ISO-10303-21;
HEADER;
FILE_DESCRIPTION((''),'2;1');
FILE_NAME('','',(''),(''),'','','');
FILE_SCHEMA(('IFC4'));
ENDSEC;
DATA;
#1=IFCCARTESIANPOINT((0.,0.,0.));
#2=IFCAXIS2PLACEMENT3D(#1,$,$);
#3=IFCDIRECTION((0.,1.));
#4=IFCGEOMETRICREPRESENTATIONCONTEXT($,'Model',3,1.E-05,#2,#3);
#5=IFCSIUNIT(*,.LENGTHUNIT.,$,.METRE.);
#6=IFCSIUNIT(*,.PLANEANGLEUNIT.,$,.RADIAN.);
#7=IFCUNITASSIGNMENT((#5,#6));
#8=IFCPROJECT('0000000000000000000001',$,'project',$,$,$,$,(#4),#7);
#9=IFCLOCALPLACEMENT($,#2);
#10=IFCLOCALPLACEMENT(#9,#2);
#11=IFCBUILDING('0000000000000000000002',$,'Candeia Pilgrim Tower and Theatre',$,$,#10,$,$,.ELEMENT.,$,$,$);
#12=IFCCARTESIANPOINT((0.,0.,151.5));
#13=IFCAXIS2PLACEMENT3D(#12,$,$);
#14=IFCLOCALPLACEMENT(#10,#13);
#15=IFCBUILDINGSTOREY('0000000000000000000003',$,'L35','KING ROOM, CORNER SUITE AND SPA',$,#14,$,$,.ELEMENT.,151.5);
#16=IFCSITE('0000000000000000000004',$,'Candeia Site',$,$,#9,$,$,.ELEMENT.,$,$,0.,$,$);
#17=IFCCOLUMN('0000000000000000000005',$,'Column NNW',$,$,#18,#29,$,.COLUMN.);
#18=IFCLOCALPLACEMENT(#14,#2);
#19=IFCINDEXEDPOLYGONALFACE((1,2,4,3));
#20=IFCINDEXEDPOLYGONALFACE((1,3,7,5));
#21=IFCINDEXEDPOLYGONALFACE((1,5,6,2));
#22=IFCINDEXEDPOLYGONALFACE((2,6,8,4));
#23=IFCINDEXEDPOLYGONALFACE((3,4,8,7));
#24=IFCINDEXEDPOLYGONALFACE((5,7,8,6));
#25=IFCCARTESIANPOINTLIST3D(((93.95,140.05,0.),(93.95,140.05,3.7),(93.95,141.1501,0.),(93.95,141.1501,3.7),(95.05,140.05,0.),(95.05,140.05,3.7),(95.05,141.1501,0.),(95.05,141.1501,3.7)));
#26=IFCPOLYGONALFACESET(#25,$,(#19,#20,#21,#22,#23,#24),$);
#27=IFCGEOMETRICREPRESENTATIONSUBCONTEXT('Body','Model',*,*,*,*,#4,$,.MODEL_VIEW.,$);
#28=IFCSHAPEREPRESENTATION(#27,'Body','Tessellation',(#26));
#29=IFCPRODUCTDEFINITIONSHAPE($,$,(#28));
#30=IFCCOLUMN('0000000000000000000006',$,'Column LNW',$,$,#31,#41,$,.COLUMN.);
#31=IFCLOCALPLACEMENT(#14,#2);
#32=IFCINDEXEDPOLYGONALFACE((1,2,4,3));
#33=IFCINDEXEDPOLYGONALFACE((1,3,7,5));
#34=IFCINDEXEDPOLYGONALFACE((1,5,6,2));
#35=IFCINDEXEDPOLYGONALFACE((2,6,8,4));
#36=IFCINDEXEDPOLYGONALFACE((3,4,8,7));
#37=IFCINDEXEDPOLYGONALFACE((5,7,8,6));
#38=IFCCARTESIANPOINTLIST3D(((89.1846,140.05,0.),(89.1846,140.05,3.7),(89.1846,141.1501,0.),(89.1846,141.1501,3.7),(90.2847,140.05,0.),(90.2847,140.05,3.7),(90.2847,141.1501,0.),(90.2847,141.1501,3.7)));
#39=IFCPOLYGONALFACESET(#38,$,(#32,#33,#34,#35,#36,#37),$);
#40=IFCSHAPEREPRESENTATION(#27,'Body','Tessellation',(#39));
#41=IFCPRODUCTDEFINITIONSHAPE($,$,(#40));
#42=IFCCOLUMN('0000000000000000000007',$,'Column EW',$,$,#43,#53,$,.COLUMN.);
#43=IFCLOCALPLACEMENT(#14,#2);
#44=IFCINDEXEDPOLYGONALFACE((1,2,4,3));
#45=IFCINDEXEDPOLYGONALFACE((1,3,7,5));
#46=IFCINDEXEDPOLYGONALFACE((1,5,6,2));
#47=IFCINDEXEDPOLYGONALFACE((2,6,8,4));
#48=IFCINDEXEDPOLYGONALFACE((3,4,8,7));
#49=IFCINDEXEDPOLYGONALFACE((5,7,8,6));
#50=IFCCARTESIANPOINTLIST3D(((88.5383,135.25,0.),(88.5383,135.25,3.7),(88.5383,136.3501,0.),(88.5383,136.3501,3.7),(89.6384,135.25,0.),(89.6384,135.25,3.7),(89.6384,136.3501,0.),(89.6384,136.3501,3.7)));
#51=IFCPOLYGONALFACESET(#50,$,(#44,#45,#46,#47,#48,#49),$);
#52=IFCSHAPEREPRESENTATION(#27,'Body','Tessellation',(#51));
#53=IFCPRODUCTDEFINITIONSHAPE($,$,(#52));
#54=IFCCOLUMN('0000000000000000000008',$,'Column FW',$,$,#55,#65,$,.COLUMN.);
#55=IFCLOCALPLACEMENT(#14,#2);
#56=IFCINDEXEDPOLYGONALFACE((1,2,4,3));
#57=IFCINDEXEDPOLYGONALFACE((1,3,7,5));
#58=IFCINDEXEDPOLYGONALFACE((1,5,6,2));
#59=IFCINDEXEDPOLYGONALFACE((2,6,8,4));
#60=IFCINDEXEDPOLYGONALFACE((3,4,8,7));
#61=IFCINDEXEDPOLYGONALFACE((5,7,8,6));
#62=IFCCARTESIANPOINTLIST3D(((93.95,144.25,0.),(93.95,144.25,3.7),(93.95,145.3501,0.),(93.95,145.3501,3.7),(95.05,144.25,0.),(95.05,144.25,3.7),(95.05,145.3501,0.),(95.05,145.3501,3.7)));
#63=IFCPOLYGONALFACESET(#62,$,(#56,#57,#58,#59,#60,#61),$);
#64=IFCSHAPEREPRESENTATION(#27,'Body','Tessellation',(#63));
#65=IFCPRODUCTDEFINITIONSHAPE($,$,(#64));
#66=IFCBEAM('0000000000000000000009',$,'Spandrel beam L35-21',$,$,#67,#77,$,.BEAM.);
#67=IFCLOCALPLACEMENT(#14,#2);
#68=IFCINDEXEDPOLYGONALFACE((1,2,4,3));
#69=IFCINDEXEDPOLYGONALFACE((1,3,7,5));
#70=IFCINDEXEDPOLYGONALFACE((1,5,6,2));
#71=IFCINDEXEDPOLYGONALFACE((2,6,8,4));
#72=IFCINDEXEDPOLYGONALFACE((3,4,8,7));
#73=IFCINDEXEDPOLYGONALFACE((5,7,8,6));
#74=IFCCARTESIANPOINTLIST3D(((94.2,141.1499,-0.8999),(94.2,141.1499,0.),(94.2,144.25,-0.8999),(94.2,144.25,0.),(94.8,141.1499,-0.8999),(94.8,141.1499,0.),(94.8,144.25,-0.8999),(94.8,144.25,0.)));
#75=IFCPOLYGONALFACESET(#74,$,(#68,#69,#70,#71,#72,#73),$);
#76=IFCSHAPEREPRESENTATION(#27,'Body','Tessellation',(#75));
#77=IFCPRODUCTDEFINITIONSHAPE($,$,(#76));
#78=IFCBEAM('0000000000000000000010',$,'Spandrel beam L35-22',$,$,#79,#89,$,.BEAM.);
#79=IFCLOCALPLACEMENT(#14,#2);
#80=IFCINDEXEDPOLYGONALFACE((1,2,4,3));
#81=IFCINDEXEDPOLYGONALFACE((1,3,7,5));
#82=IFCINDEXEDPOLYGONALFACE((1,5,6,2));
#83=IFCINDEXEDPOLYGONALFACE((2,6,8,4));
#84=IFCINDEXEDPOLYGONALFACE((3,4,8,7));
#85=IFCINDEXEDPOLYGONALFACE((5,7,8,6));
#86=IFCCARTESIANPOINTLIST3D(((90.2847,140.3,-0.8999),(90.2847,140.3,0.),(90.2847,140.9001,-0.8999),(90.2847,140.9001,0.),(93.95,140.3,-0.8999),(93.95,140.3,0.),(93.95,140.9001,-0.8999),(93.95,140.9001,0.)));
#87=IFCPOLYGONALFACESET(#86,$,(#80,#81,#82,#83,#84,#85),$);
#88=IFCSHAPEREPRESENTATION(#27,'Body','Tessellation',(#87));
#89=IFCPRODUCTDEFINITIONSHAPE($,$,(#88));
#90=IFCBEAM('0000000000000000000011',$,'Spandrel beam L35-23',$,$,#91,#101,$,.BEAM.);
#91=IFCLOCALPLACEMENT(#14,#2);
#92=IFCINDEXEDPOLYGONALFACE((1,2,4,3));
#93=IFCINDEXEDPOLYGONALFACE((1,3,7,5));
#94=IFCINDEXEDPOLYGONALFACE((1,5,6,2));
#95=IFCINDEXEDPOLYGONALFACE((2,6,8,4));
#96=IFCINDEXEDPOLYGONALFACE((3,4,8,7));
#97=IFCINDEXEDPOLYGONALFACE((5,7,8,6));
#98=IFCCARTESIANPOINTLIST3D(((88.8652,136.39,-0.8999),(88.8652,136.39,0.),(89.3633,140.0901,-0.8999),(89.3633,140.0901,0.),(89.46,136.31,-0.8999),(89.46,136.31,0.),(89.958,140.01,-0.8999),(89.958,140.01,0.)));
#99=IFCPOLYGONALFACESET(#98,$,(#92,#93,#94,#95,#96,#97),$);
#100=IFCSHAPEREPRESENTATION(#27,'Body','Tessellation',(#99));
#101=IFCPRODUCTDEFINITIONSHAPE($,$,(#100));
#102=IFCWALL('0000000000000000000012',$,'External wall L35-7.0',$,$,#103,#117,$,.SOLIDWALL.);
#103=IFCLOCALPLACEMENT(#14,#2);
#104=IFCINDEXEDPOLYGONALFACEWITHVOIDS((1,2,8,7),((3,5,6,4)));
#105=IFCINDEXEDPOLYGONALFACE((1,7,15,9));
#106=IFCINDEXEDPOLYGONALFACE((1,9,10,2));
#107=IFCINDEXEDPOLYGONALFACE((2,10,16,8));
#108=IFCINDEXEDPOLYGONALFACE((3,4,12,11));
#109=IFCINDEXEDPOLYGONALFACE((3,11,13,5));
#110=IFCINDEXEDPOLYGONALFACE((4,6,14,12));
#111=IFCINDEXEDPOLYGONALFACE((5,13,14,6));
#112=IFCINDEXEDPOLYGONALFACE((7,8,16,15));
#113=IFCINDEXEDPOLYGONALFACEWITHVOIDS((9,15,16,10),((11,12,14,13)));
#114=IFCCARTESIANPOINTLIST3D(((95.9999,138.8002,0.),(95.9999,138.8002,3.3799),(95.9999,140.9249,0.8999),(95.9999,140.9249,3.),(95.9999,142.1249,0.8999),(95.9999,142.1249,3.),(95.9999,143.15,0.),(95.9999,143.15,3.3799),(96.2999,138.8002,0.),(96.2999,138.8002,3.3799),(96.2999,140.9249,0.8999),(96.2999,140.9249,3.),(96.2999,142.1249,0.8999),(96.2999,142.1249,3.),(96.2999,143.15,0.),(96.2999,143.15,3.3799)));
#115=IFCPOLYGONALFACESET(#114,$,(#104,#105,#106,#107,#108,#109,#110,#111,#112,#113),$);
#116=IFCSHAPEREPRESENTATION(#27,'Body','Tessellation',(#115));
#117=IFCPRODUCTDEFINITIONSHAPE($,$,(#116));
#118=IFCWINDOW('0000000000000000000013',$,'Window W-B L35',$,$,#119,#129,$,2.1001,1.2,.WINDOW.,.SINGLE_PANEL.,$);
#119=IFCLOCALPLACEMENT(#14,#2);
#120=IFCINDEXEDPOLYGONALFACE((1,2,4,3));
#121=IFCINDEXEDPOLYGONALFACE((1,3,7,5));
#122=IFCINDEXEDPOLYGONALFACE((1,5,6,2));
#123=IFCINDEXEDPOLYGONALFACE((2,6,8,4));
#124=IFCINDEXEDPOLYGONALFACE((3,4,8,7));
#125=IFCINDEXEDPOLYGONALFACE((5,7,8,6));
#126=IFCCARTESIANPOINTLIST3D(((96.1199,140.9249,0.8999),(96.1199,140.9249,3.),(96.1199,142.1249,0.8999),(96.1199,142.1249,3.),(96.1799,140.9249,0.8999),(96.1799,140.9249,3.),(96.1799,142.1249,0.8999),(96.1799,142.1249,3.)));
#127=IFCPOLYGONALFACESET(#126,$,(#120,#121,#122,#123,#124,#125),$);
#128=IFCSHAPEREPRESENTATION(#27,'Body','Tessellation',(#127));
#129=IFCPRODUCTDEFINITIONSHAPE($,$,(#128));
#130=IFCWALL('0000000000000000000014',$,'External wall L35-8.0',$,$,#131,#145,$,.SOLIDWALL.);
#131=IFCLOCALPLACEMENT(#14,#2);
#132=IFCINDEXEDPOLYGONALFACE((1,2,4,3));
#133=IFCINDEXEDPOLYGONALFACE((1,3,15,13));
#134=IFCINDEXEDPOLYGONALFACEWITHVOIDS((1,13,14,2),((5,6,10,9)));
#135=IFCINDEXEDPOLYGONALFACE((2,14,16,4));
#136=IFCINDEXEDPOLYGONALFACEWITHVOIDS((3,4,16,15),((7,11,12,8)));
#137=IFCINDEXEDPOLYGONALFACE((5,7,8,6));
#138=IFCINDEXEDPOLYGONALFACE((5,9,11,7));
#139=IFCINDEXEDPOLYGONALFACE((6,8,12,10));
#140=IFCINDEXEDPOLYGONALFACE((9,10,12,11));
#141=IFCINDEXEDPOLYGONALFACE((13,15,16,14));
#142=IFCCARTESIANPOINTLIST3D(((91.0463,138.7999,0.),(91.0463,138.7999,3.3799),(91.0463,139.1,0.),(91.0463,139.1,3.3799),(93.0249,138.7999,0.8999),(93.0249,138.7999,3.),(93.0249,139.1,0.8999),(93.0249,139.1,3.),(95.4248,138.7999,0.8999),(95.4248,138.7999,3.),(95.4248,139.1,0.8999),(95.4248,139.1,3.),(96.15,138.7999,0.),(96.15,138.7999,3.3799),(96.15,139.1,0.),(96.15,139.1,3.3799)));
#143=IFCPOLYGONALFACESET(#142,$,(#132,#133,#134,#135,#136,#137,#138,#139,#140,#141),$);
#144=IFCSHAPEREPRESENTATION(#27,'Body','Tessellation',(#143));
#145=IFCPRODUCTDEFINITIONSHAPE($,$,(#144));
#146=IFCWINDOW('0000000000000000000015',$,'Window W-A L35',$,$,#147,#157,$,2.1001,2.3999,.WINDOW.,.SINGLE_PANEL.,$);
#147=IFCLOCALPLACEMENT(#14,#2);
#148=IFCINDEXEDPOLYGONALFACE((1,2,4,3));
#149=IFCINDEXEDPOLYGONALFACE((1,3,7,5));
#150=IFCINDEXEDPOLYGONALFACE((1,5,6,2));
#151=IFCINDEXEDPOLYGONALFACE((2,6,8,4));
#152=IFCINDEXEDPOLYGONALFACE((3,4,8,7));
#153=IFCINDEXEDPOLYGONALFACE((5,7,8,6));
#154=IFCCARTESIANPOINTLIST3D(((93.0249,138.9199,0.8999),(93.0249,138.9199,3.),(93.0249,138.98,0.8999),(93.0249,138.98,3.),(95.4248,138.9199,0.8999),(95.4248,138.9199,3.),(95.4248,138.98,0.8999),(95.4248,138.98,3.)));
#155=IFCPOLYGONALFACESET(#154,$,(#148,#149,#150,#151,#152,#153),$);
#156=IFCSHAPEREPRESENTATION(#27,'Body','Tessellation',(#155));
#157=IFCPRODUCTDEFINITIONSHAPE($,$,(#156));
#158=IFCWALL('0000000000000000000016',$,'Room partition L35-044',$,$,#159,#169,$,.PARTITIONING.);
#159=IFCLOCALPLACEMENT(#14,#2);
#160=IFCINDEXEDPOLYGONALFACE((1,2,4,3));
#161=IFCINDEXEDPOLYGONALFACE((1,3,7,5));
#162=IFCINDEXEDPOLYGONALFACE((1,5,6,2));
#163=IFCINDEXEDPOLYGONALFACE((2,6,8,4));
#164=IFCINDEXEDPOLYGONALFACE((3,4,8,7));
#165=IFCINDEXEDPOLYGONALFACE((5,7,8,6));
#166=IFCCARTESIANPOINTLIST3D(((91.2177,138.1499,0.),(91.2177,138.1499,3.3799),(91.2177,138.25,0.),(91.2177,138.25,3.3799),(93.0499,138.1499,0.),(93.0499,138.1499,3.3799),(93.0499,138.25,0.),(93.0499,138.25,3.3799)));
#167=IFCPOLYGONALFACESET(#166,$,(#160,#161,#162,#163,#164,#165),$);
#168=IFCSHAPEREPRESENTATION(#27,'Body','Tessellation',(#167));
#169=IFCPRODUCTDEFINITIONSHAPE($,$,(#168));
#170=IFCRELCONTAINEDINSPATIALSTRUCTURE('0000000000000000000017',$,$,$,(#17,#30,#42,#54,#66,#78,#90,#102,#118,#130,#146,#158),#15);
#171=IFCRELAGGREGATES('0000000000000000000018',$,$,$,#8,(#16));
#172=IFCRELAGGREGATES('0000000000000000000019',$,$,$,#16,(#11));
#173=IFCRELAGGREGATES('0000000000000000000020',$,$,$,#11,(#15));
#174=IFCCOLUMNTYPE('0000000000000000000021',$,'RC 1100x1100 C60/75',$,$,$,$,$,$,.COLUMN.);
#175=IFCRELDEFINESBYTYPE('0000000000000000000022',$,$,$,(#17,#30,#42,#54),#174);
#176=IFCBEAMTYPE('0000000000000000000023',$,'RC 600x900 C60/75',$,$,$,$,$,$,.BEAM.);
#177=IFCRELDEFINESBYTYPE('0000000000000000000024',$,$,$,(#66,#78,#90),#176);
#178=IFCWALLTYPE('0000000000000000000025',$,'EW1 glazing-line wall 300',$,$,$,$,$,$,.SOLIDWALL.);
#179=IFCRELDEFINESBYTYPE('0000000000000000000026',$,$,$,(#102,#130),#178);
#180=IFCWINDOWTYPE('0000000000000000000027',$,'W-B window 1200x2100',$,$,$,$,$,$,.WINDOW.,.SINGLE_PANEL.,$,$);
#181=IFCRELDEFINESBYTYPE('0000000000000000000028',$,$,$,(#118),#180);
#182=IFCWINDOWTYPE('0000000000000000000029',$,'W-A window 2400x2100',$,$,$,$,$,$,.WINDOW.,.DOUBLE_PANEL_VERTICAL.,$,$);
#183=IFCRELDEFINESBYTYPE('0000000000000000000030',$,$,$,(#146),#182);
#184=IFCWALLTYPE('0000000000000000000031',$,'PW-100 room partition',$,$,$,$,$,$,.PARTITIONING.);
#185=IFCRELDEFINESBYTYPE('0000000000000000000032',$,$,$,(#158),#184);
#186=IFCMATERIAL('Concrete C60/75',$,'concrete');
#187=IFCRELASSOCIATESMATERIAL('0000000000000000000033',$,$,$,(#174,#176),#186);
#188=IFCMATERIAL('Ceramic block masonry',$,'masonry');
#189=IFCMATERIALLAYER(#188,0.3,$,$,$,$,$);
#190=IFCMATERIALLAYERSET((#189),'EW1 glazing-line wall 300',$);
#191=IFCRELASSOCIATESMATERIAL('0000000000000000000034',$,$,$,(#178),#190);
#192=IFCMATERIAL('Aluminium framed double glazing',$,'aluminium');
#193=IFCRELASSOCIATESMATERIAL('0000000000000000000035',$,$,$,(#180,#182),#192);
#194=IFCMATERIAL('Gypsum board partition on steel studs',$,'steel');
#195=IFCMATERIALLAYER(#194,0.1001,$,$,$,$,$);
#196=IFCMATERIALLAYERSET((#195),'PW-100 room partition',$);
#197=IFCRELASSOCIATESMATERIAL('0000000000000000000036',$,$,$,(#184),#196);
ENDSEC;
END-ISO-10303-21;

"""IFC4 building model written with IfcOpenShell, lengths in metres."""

from ifc_helpers import new_model, si_unit, direction, frame, frame_2d, origin, origin_2d, place, context, subcontext, project, spatial, rectangle, extrude, material, layer, layer_set, material_profile, profile_set, type_object, element, fill, save


model = new_model("IFC4")

# Units and contexts
model_context = context("Model", 3, precision=1e-05, world=origin(), true_north=direction((0.0, 1.0)))
body_context = subcontext(model_context, "Body", "Model", "MODEL_VIEW")
ifc_project = project(units=[si_unit("LENGTHUNIT", "METRE"), si_unit("PLANEANGLEUNIT", "RADIAN")], contexts=[model_context])

# Site, building, storey
site_placement = place(None, origin())
site = spatial("IfcSite", under=ifc_project, at=site_placement, Name="Candeia Site", CompositionType="ELEMENT", RefElevation=0.0)
building_placement = place(site_placement, origin())
building = spatial("IfcBuilding", under=site, at=building_placement, Name="Candeia Pilgrim Tower and Theatre", CompositionType="ELEMENT")
storey_placement = place(building_placement, frame((0.0, 0.0, 151.5)))
storey = spatial("IfcBuildingStorey", under=building, at=storey_placement, Name="L35", Description="KING ROOM, CORNER SUITE AND SPA", CompositionType="ELEMENT", Elevation=151.5)

# Columns
ifc_material_1 = material(Name="Concrete C60/75", Category="concrete")
ifc_material_profile_1 = material_profile(ifc_material_1, rectangle(XDim=1.1001, YDim=1.1001, at=origin_2d()))
ifc_profile_set_1 = profile_set([ifc_material_profile_1], Name="Concrete C60/75")
column_type = type_object("IfcColumnType", Name="RC 1100x1100 C60/75", PredefinedType="COLUMN", material=ifc_profile_set_1)
for number, where, z_axis, x_axis, name in (
    (1, (94.5, 140.6001, 0.0), (0.0, 0.0, 1.0), (1.0, 0.0, 0.0), "Column NNW"),
    (2, (89.7346, 140.6001, 0.0), (0.0, 0.0, 1.0), (1.0, 0.0, 0.0), "Column LNW"),
    (3, (89.0884, 135.8, 0.0), (0.0, 0.0, 1.0), (1.0, 0.0, 0.0), "Column EW"),
    (4, (94.5, 144.8, 0.0), (0.0, 0.0, 1.0), (1.0, 0.0, 0.0), "Column FW"),
):
    element("IfcColumn", number, at=place(storey_placement, frame(where, z_axis=z_axis, x_axis=x_axis)), inside=storey, type_object=column_type, Name=name, PredefinedType="COLUMN", context=body_context, shape_type="SweptSolid", body=[
        extrude(rectangle(XDim=1.1001, YDim=1.1001, at=origin_2d()), origin(), (0.0, 0.0, 1.0), 3.7),
    ])

# Beams
ifc_material_profile_2 = material_profile(ifc_material_1, rectangle(XDim=0.6001, YDim=0.8999, at=origin_2d()))
ifc_profile_set_2 = profile_set([ifc_material_profile_2], Name="Concrete C60/75")
beam_type = type_object("IfcBeamType", Name="RC 600x900 C60/75", PredefinedType="BEAM", material=ifc_profile_set_2)
beam_1_placement = place(storey_placement, frame((94.5, 144.25, -0.45), z_axis=(0.0, -1.0, 0.0), x_axis=(1.0, 0.0, 0.0)))
element("IfcBeam", 5, at=beam_1_placement, inside=storey, type_object=beam_type, Name="Spandrel beam L35-21", PredefinedType="BEAM", context=body_context, shape_type="SweptSolid", body=[
    extrude(rectangle(XDim=0.6001, YDim=0.8999, at=origin_2d()), origin(), (0.0, 0.0, 1.0), 3.1001),
])
beam_2_placement = place(storey_placement, frame((93.95, 140.6001, -0.45), z_axis=(-1.0, 0.0, 0.0), x_axis=(0.0, -1.0, 0.0)))
element("IfcBeam", 6, at=beam_2_placement, inside=storey, type_object=beam_type, Name="Spandrel beam L35-22", PredefinedType="BEAM", context=body_context, shape_type="SweptSolid", body=[
    extrude(rectangle(XDim=0.6001, YDim=0.8999, at=origin_2d()), origin(), (0.0, 0.0, 1.0), 3.6653),
])
beam_3_placement = place(storey_placement, frame((89.6606, 140.05, -0.45), z_axis=(-0.133406, -0.991061, 0.0), x_axis=(0.991061, -0.133406, 0.0)))
element("IfcBeam", 7, at=beam_3_placement, inside=storey, type_object=beam_type, Name="Spandrel beam L35-23", PredefinedType="BEAM", context=body_context, shape_type="SweptSolid", body=[
    extrude(rectangle(XDim=0.6001, YDim=0.8999, at=origin_2d()), origin(), (0.0, 0.0, 1.0), 3.7334),
])

# Walls, openings, windows
ifc_material_2 = material(Name="Ceramic block masonry", Category="masonry")
ifc_layer_1 = layer(ifc_material_2, 0.3)
ifc_layer_set_1 = layer_set([ifc_layer_1], Name="EW1 glazing-line wall 300")
wall_type_1 = type_object("IfcWallType", Name="EW1 glazing-line wall 300", PredefinedType="SOLIDWALL", material=ifc_layer_set_1)
wall_1_placement = place(storey_placement, frame((96.1499, 143.1499, 0.0), z_axis=(0.0, 0.0, 1.0), x_axis=(0.0, -1.0, 0.0)))
wall_1 = element("IfcWall", 8, at=wall_1_placement, inside=storey, type_object=wall_type_1, Name="External wall L35-7.0", PredefinedType="SOLIDWALL", context=body_context, shape_type="SweptSolid", body=[
    extrude(rectangle(XDim=4.3499, YDim=0.3, at=frame_2d((2.1748, 0.0))), origin(), (0.0, 0.0, 1.0), 3.3799),
])
opening_1_placement = place(wall_1_placement, frame((1.0249, 0.0, 0.8999)))
opening_1 = element("IfcOpeningElement", 9, at=opening_1_placement, cuts=wall_1, PredefinedType="OPENING", context=body_context, shape_type="SweptSolid", body=[
    extrude(rectangle(XDim=1.2, YDim=2.1001, at=frame_2d((0.6001, 1.05))), frame((0.0, 0.1602, 0.0), z_axis=(0.0, -1.0, 0.0), x_axis=(1.0, 0.0, 0.0)), (0.0, 0.0, 1.0), 0.3201),
])
ifc_material_3 = material(Name="Aluminium framed double glazing", Category="aluminium")
window_type_1 = type_object("IfcWindowType", Name="W-B window 1200x2100", PartitioningType="SINGLE_PANEL", PredefinedType="WINDOW", material=ifc_material_3)
window_1_placement = place(opening_1_placement, origin())
window_1 = element("IfcWindow", 10, at=window_1_placement, inside=storey, type_object=window_type_1, Name="Window W-B L35", OverallHeight=2.1001, OverallWidth=1.2, PartitioningType="SINGLE_PANEL", PredefinedType="WINDOW", context=body_context, shape_type="SweptSolid", body=[
    extrude(rectangle(XDim=1.2, YDim=2.1001, at=frame_2d((0.6001, 1.05))), frame((0.0, 0.03, 0.0), z_axis=(0.0, -1.0, 0.0), x_axis=(1.0, 0.0, 0.0)), (0.0, 0.0, 1.0), 0.0601),
])
fill(opening_1, window_1)
wall_2_placement = place(storey_placement, frame((96.1499, 138.95, 0.0), z_axis=(0.0, 0.0, 1.0), x_axis=(-1.0, 0.0, 0.0)))
wall_2 = element("IfcWall", 11, at=wall_2_placement, inside=storey, type_object=wall_type_1, Name="External wall L35-8.0", PredefinedType="SOLIDWALL", context=body_context, shape_type="SweptSolid", body=[
    extrude(rectangle(XDim=5.1038, YDim=0.3, at=frame_2d((2.5518, 0.0))), origin(), (0.0, 0.0, 1.0), 3.3799),
])
opening_2_placement = place(wall_2_placement, frame((0.7251, 0.0, 0.8999)))
opening_2 = element("IfcOpeningElement", 12, at=opening_2_placement, cuts=wall_2, PredefinedType="OPENING", context=body_context, shape_type="SweptSolid", body=[
    extrude(rectangle(XDim=2.3999, YDim=2.1001, at=frame_2d((1.2, 1.05))), frame((0.0, 0.1602, 0.0), z_axis=(0.0, -1.0, 0.0), x_axis=(1.0, 0.0, 0.0)), (0.0, 0.0, 1.0), 0.3201),
])
window_type_2 = type_object("IfcWindowType", Name="W-A window 2400x2100", PartitioningType="DOUBLE_PANEL_VERTICAL", PredefinedType="WINDOW", material=ifc_material_3)
window_2_placement = place(opening_2_placement, origin())
window_2 = element("IfcWindow", 13, at=window_2_placement, inside=storey, type_object=window_type_2, Name="Window W-A L35", OverallHeight=2.1001, OverallWidth=2.3999, PartitioningType="SINGLE_PANEL", PredefinedType="WINDOW", context=body_context, shape_type="SweptSolid", body=[
    extrude(rectangle(XDim=2.3999, YDim=2.1001, at=frame_2d((1.2, 1.05))), frame((0.0, 0.03, 0.0), z_axis=(0.0, -1.0, 0.0), x_axis=(1.0, 0.0, 0.0)), (0.0, 0.0, 1.0), 0.0601),
])
fill(opening_2, window_2)

# Wall
ifc_material_4 = material(Name="Gypsum board partition on steel studs", Category="steel")
ifc_layer_2 = layer(ifc_material_4, 0.1001)
ifc_layer_set_2 = layer_set([ifc_layer_2], Name="PW-100 room partition")
wall_type_2 = type_object("IfcWallType", Name="PW-100 room partition", PredefinedType="PARTITIONING", material=ifc_layer_set_2)
wall_3_placement = place(storey_placement, frame((91.2178, 138.2, 0.0), z_axis=(0.0, 0.0, 1.0), x_axis=(1.0, 0.0, 0.0)))
element("IfcWall", 14, at=wall_3_placement, inside=storey, type_object=wall_type_2, Name="Room partition L35-044", PredefinedType="PARTITIONING", context=body_context, shape_type="SweptSolid", body=[
    extrude(rectangle(XDim=1.8323, YDim=0.1001, at=frame_2d((0.916, 0.0))), origin(), (0.0, 0.0, 1.0), 3.3799),
])

save(model, "model.ifc")
